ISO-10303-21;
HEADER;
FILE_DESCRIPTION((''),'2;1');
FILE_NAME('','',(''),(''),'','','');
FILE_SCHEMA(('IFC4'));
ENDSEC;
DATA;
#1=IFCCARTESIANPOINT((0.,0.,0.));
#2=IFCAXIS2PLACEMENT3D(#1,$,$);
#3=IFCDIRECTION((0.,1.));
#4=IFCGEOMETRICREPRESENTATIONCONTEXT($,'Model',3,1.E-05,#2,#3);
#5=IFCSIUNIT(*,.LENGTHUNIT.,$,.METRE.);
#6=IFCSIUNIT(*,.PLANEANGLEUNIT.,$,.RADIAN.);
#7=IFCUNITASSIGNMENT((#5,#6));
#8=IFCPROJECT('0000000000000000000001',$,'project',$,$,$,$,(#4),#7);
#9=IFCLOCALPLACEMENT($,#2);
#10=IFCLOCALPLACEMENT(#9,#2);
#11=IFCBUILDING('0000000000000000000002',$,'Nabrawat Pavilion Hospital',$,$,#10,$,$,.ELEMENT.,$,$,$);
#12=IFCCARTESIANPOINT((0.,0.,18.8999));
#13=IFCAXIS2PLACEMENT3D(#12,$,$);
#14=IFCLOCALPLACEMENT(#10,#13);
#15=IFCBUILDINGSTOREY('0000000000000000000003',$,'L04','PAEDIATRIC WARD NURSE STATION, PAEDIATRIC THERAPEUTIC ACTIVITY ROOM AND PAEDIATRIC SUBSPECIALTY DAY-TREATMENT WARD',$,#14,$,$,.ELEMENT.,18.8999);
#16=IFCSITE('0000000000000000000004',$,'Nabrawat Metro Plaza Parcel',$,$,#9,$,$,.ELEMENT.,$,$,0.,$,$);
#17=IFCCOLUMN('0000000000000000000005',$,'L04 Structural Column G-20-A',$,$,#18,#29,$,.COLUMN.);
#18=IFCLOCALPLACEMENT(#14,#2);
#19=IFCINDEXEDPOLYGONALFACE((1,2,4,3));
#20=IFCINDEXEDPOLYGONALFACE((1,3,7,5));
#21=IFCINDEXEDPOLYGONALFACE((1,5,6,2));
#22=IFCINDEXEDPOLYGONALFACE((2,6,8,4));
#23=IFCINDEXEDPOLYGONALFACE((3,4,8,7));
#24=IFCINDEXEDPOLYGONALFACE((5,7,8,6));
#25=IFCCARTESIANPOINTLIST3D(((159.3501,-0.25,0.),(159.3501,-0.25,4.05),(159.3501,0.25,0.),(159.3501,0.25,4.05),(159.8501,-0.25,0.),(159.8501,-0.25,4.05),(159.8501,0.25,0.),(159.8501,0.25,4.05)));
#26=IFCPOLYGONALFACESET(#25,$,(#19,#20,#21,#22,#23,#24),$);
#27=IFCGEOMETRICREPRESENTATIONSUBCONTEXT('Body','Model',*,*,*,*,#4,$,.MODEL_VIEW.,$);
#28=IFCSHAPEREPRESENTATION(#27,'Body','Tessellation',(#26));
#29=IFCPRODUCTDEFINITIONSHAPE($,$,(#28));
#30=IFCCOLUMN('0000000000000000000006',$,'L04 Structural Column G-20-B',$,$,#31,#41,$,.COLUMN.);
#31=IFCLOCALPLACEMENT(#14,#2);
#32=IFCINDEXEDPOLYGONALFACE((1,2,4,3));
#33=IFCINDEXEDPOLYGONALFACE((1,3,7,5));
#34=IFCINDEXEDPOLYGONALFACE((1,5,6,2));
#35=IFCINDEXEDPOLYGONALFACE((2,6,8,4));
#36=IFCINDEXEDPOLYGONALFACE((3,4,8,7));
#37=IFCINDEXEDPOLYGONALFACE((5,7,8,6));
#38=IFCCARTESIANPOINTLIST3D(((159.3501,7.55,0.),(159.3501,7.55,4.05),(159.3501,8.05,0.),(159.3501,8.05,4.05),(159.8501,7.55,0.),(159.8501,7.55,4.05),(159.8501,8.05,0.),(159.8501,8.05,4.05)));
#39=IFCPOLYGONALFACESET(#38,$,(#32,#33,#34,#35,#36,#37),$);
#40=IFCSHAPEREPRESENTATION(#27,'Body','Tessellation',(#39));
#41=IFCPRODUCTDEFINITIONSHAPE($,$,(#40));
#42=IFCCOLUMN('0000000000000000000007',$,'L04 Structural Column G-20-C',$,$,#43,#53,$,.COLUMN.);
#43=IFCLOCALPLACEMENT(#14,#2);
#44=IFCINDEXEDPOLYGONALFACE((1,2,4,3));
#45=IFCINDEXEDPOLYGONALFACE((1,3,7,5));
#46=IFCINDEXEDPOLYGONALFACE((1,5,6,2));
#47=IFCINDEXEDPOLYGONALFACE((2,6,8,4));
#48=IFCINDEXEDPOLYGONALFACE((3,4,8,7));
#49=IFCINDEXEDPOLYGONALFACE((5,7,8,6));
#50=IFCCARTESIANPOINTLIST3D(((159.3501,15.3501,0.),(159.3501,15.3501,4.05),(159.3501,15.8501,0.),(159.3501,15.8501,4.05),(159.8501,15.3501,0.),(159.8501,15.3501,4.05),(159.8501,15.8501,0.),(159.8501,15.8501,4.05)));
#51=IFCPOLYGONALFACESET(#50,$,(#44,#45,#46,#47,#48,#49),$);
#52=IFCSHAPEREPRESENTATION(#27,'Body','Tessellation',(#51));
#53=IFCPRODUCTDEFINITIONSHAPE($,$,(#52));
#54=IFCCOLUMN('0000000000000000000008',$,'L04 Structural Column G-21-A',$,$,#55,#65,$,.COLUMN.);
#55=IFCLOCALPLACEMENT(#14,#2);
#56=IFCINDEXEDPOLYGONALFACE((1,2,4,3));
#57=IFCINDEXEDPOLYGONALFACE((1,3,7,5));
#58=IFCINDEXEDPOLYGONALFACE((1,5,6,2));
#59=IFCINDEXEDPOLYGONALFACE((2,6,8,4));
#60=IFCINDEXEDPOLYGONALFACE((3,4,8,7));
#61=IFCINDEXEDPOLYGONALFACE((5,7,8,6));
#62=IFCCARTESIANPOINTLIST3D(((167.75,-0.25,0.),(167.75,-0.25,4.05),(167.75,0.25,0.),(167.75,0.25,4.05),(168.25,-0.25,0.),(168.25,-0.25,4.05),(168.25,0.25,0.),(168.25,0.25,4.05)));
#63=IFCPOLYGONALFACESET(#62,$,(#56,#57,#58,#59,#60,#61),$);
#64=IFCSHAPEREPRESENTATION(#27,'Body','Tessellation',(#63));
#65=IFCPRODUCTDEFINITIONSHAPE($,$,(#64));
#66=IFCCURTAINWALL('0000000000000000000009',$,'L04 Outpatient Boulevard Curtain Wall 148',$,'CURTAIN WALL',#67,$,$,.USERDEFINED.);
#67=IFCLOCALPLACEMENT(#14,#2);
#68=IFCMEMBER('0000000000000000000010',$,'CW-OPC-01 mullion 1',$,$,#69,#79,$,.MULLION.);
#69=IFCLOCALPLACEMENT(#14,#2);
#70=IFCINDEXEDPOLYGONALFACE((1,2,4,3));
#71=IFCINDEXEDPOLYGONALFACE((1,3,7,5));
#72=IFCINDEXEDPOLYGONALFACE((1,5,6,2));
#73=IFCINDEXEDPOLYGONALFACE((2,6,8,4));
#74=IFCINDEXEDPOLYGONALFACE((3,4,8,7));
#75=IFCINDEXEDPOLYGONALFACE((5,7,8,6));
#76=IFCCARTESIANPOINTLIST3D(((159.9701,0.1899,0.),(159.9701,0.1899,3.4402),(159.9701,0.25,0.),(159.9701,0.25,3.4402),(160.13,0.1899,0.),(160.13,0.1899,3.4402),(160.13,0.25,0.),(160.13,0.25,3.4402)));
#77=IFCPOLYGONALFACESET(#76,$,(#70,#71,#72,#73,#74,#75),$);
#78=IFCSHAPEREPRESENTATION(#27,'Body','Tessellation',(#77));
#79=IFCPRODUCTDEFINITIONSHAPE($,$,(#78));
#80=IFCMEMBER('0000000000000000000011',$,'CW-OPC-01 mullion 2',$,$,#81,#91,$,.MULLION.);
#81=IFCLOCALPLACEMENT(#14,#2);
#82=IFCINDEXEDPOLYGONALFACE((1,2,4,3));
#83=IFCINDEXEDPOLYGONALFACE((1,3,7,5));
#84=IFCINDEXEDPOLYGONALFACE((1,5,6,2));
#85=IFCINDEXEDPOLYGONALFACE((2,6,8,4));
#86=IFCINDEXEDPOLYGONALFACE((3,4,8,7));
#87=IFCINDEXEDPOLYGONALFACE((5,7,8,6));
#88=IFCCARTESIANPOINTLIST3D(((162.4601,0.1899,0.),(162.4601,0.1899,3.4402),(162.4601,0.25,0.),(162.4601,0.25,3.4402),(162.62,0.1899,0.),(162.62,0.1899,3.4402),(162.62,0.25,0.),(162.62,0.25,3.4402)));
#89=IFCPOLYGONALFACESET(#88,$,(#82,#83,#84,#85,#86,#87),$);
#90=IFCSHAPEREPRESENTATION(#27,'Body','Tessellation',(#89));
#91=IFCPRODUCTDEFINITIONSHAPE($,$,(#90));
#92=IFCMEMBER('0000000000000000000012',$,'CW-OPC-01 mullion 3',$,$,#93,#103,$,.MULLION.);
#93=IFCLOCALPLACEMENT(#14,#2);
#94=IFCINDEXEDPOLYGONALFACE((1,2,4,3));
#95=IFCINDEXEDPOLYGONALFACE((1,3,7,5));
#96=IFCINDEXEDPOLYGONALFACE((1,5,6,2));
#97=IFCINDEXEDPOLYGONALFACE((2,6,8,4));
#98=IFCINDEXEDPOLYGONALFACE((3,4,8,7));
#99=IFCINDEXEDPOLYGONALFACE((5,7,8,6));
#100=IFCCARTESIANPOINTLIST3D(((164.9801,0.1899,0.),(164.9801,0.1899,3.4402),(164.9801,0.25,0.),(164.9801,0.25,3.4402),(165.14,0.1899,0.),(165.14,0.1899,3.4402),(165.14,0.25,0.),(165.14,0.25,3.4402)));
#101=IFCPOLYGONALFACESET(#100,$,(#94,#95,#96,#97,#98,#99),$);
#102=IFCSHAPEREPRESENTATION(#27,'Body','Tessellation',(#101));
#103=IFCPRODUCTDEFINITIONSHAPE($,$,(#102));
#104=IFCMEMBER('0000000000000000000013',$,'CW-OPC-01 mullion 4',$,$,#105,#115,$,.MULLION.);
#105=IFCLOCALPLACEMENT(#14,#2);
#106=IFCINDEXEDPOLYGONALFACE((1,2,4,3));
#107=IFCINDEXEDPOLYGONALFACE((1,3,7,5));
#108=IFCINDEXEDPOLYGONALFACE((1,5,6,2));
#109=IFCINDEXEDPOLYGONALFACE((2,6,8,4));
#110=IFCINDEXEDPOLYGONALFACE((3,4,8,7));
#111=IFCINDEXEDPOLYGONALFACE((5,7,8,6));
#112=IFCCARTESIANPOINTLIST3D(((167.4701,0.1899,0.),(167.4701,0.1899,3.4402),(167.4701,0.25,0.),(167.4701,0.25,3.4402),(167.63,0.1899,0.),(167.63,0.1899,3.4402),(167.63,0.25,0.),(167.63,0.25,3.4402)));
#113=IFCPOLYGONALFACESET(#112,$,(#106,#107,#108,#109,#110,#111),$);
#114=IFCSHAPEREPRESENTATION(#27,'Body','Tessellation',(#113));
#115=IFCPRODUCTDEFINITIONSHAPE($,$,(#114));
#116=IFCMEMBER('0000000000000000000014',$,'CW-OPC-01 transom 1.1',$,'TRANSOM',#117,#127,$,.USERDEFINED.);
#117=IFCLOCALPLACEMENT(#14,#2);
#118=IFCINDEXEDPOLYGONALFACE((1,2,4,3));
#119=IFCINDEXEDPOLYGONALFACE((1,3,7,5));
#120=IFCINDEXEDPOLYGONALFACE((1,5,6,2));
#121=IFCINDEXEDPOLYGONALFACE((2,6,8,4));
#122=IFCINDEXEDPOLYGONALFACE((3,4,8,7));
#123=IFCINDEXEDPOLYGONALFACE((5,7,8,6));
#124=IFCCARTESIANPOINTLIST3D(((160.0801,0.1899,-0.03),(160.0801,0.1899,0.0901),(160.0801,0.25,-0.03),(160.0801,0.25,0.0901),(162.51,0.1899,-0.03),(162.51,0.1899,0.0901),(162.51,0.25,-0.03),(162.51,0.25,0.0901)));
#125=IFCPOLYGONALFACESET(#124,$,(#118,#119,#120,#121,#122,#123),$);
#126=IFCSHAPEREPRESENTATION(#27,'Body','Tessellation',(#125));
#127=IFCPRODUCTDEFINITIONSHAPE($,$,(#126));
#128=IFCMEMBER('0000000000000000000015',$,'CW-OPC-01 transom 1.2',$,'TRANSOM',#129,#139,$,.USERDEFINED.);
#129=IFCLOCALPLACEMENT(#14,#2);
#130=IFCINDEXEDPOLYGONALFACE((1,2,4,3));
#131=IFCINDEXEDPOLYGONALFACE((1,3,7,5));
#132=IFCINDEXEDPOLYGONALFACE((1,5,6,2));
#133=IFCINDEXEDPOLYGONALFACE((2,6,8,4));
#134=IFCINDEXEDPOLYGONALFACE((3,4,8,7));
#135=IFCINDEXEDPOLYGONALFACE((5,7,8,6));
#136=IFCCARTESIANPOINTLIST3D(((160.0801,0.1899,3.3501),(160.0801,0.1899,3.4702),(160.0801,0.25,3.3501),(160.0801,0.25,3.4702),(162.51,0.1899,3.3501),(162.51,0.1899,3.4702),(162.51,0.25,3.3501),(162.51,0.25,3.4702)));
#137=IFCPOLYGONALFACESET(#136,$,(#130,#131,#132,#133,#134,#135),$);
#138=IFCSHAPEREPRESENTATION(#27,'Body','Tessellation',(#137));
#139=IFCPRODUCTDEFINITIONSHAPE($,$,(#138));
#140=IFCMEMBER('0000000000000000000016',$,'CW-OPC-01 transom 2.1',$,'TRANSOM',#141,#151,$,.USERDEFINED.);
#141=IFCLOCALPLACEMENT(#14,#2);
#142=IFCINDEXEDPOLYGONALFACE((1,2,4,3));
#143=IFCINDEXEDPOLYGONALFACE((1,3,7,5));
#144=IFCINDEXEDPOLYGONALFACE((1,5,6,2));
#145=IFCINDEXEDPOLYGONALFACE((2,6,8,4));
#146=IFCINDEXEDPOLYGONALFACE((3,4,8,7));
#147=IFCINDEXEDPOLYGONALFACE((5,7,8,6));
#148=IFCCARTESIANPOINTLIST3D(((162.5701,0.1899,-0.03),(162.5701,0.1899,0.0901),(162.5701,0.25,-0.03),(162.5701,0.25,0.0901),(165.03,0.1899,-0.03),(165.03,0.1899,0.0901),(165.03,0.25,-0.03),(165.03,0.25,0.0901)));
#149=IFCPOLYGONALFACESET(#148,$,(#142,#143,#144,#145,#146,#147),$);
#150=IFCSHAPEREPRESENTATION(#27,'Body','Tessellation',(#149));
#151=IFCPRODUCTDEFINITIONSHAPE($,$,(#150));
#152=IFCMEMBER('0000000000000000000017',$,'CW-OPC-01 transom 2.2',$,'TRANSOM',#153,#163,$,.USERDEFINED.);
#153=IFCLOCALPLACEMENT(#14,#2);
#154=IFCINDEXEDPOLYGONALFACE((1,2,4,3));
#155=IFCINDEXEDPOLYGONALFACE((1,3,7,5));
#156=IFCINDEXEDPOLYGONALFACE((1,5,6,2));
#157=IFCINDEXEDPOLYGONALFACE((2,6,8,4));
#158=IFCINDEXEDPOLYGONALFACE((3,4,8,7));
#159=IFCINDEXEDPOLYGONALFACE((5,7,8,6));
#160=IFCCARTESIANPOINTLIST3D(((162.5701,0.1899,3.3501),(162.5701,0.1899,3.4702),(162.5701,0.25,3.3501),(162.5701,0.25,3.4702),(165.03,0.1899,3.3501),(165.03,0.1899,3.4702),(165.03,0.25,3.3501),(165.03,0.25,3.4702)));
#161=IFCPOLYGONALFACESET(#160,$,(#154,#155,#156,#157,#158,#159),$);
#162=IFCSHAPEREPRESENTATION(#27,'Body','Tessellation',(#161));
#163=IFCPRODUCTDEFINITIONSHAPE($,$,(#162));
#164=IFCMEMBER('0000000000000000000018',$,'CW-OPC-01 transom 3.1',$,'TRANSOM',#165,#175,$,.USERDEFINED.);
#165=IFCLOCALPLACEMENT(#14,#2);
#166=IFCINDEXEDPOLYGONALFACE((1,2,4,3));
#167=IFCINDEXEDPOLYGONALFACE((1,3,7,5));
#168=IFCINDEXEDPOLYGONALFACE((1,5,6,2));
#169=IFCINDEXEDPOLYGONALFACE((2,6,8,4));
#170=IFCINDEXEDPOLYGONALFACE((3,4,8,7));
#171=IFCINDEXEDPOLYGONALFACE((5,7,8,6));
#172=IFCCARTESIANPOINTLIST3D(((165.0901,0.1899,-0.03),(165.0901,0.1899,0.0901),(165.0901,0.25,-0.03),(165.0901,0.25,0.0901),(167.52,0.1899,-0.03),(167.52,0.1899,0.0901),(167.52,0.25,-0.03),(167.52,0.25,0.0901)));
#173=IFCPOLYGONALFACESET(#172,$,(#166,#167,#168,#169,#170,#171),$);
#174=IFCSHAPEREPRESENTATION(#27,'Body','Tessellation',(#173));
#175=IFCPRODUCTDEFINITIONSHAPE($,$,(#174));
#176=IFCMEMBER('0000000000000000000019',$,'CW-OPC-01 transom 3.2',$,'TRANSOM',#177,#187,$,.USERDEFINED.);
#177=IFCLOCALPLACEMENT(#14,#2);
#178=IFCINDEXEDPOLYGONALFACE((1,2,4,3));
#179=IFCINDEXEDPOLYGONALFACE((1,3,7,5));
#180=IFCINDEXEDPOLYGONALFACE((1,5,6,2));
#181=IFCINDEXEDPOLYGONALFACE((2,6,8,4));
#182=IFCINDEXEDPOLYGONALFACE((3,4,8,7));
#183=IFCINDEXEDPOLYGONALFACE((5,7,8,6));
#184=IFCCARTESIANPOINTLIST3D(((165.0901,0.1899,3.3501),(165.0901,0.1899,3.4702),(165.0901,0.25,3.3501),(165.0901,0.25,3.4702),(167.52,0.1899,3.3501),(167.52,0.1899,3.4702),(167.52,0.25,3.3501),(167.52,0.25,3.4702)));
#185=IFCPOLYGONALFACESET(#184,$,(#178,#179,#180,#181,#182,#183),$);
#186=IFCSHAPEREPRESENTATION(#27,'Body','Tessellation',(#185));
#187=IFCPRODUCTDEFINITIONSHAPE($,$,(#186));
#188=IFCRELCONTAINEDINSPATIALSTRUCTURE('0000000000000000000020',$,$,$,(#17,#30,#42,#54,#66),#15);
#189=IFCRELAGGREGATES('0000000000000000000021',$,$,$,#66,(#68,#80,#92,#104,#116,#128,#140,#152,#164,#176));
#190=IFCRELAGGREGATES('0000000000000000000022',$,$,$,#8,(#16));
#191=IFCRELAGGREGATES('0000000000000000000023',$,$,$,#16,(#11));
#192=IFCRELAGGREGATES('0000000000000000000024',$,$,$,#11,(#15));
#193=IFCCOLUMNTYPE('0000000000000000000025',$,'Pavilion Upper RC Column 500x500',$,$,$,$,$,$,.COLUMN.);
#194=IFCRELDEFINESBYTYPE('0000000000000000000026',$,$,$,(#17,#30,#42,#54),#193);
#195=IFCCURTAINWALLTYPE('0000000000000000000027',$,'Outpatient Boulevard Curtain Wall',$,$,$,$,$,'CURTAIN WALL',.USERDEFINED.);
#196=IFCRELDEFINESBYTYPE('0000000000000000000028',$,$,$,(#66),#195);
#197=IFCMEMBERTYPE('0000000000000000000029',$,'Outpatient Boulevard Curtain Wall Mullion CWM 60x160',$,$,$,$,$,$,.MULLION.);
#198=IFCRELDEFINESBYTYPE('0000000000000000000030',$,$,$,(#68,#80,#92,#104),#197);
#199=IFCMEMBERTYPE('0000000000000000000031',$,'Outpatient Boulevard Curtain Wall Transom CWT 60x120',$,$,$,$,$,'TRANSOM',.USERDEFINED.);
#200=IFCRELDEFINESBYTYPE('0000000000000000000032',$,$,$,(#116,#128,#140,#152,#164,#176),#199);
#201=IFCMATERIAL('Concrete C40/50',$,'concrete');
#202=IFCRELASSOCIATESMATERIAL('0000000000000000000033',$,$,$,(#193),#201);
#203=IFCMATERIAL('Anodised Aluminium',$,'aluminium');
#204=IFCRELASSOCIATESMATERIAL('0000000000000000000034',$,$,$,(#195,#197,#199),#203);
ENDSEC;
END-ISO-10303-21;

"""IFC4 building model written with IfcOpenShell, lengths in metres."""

from ifc_helpers import new_model, si_unit, direction, frame, origin, origin_2d, place, context, subcontext, project, spatial, rectangle, extrude, material, material_profile, profile_set, type_object, element, aggregate, save


model = new_model("IFC4")

# Units and contexts
model_context = context("Model", 3, precision=1e-05, world=origin(), true_north=direction((0.0, 1.0)))
body_context = subcontext(model_context, "Body", "Model", "MODEL_VIEW")
ifc_project = project(units=[si_unit("LENGTHUNIT", "METRE"), si_unit("PLANEANGLEUNIT", "RADIAN")], contexts=[model_context])

# Site, building, storey
site_placement = place(None, origin())
site = spatial("IfcSite", under=ifc_project, at=site_placement, Name="Nabrawat Metro Plaza Parcel", CompositionType="ELEMENT", RefElevation=0.0)
building_placement = place(site_placement, origin())
building = spatial("IfcBuilding", under=site, at=building_placement, Name="Nabrawat Pavilion Hospital", CompositionType="ELEMENT")
storey_placement = place(building_placement, frame((0.0, 0.0, 18.8999)))
storey = spatial("IfcBuildingStorey", under=building, at=storey_placement, Name="L04", Description="PAEDIATRIC WARD NURSE STATION, PAEDIATRIC THERAPEUTIC ACTIVITY ROOM AND PAEDIATRIC SUBSPECIALTY DAY-TREATMENT WARD", CompositionType="ELEMENT", Elevation=18.8999)

# Columns
ifc_material_1 = material(Name="Concrete C40/50", Category="concrete")
ifc_material_profile_1 = material_profile(ifc_material_1, rectangle(XDim=0.5, YDim=0.5, at=origin_2d()), Name="RC 500x500")
ifc_profile_set_1 = profile_set([ifc_material_profile_1], Name="Concrete C40/50")
column_type = type_object("IfcColumnType", Name="Pavilion Upper RC Column 500x500", PredefinedType="COLUMN", material=ifc_profile_set_1)
for number, where, z_axis, x_axis, name in (
    (1, (159.6001, 0.0, 0.0), (0.0, 0.0, 1.0), (1.0, 0.0, 0.0), "L04 Structural Column G-20-A"),
    (2, (159.6001, 7.8, 0.0), (0.0, 0.0, 1.0), (1.0, 0.0, 0.0), "L04 Structural Column G-20-B"),
    (3, (159.6001, 15.6001, 0.0), (0.0, 0.0, 1.0), (1.0, 0.0, 0.0), "L04 Structural Column G-20-C"),
    (4, (168.0, 0.0, 0.0), (0.0, 0.0, 1.0), (1.0, 0.0, 0.0), "L04 Structural Column G-21-A"),
):
    element("IfcColumn", number, at=place(storey_placement, frame(where, z_axis=z_axis, x_axis=x_axis)), inside=storey, type_object=column_type, Name=name, PredefinedType="COLUMN", context=body_context, shape_type="SweptSolid", body=[
        extrude(rectangle(XDim=0.5, YDim=0.5, at=origin_2d()), origin(), (0.0, 0.0, 1.0), 4.05),
    ])

# Curtain wall, members
ifc_material_2 = material(Name="Anodised Aluminium", Category="aluminium")
curtain_wall_type = type_object("IfcCurtainWallType", Name="Outpatient Boulevard Curtain Wall", ElementType="CURTAIN WALL", PredefinedType="USERDEFINED", material=ifc_material_2)
curtain_wall_placement = place(storey_placement, origin())
curtain_wall = element("IfcCurtainWall", 5, at=curtain_wall_placement, inside=storey, type_object=curtain_wall_type, Name="L04 Outpatient Boulevard Curtain Wall 148", ObjectType="CURTAIN WALL", PredefinedType="USERDEFINED")
ifc_material_profile_2 = material_profile(ifc_material_2, rectangle(XDim=0.0601, YDim=0.1599, at=origin_2d()), Name="CWM 60x160")
ifc_profile_set_2 = profile_set([ifc_material_profile_2], Name="Anodised Aluminium")
member_type_1 = type_object("IfcMemberType", Name="Outpatient Boulevard Curtain Wall Mullion CWM 60x160", PredefinedType="MULLION", material=ifc_profile_set_2)
member_1_placement = place(storey_placement, frame((160.05, 0.22, 0.0), z_axis=(0.0, 0.0, 1.0), x_axis=(0.0, 1.0, 0.0)))
member_1 = element("IfcMember", 6, at=member_1_placement, type_object=member_type_1, Name="CW-OPC-01 mullion 1", PredefinedType="MULLION", context=body_context, shape_type="SweptSolid", body=[
    extrude(rectangle(XDim=0.0601, YDim=0.1599, at=origin_2d()), origin(), (0.0, 0.0, 1.0), 3.4402),
])
member_2_placement = place(storey_placement, frame((162.54, 0.22, 0.0), z_axis=(0.0, 0.0, 1.0), x_axis=(0.0, 1.0, 0.0)))
member_2 = element("IfcMember", 7, at=member_2_placement, type_object=member_type_1, Name="CW-OPC-01 mullion 2", PredefinedType="MULLION", context=body_context, shape_type="SweptSolid", body=[
    extrude(rectangle(XDim=0.0601, YDim=0.1599, at=origin_2d()), origin(), (0.0, 0.0, 1.0), 3.4402),
])
member_3_placement = place(storey_placement, frame((165.0601, 0.22, 0.0), z_axis=(0.0, 0.0, 1.0), x_axis=(0.0, 1.0, 0.0)))
member_3 = element("IfcMember", 8, at=member_3_placement, type_object=member_type_1, Name="CW-OPC-01 mullion 3", PredefinedType="MULLION", context=body_context, shape_type="SweptSolid", body=[
    extrude(rectangle(XDim=0.0601, YDim=0.1599, at=origin_2d()), origin(), (0.0, 0.0, 1.0), 3.4402),
])
member_4_placement = place(storey_placement, frame((167.55, 0.22, 0.0), z_axis=(0.0, 0.0, 1.0), x_axis=(0.0, 1.0, 0.0)))
member_4 = element("IfcMember", 9, at=member_4_placement, type_object=member_type_1, Name="CW-OPC-01 mullion 4", PredefinedType="MULLION", context=body_context, shape_type="SweptSolid", body=[
    extrude(rectangle(XDim=0.0601, YDim=0.1599, at=origin_2d()), origin(), (0.0, 0.0, 1.0), 3.4402),
])
ifc_material_profile_3 = material_profile(ifc_material_2, rectangle(XDim=0.0601, YDim=0.1201, at=origin_2d()), Name="CWT 60x120")
ifc_profile_set_3 = profile_set([ifc_material_profile_3], Name="Anodised Aluminium")
member_type_2 = type_object("IfcMemberType", Name="Outpatient Boulevard Curtain Wall Transom CWT 60x120", ElementType="TRANSOM", PredefinedType="USERDEFINED", material=ifc_profile_set_3)
member_5_placement = place(storey_placement, frame((160.0801, 0.22, 0.03), z_axis=(1.0, 0.0, 0.0), x_axis=(0.0, 1.0, 0.0)))
member_5 = element("IfcMember", 10, at=member_5_placement, type_object=member_type_2, Name="CW-OPC-01 transom 1.1", ObjectType="TRANSOM", PredefinedType="USERDEFINED", context=body_context, shape_type="SweptSolid", body=[
    extrude(rectangle(XDim=0.0601, YDim=0.1201, at=origin_2d()), origin(), (0.0, 0.0, 1.0), 2.4299),
])
member_6_placement = place(storey_placement, frame((160.0801, 0.22, 3.4102), z_axis=(1.0, 0.0, 0.0), x_axis=(0.0, 1.0, 0.0)))
member_6 = element("IfcMember", 11, at=member_6_placement, type_object=member_type_2, Name="CW-OPC-01 transom 1.2", ObjectType="TRANSOM", PredefinedType="USERDEFINED", context=body_context, shape_type="SweptSolid", body=[
    extrude(rectangle(XDim=0.0601, YDim=0.1201, at=origin_2d()), origin(), (0.0, 0.0, 1.0), 2.4299),
])
member_7_placement = place(storey_placement, frame((162.5701, 0.22, 0.03), z_axis=(1.0, 0.0, 0.0), x_axis=(0.0, 1.0, 0.0)))
member_7 = element("IfcMember", 12, at=member_7_placement, type_object=member_type_2, Name="CW-OPC-01 transom 2.1", ObjectType="TRANSOM", PredefinedType="USERDEFINED", context=body_context, shape_type="SweptSolid", body=[
    extrude(rectangle(XDim=0.0601, YDim=0.1201, at=origin_2d()), origin(), (0.0, 0.0, 1.0), 2.46),
])
member_8_placement = place(storey_placement, frame((162.5701, 0.22, 3.4102), z_axis=(1.0, 0.0, 0.0), x_axis=(0.0, 1.0, 0.0)))
member_8 = element("IfcMember", 13, at=member_8_placement, type_object=member_type_2, Name="CW-OPC-01 transom 2.2", ObjectType="TRANSOM", PredefinedType="USERDEFINED", context=body_context, shape_type="SweptSolid", body=[
    extrude(rectangle(XDim=0.0601, YDim=0.1201, at=origin_2d()), origin(), (0.0, 0.0, 1.0), 2.46),
])
member_9_placement = place(storey_placement, frame((165.0901, 0.22, 0.03), z_axis=(1.0, 0.0, 0.0), x_axis=(0.0, 1.0, 0.0)))
member_9 = element("IfcMember", 14, at=member_9_placement, type_object=member_type_2, Name="CW-OPC-01 transom 3.1", ObjectType="TRANSOM", PredefinedType="USERDEFINED", context=body_context, shape_type="SweptSolid", body=[
    extrude(rectangle(XDim=0.0601, YDim=0.1201, at=origin_2d()), origin(), (0.0, 0.0, 1.0), 2.4299),
])
member_10_placement = place(storey_placement, frame((165.0901, 0.22, 3.4102), z_axis=(1.0, 0.0, 0.0), x_axis=(0.0, 1.0, 0.0)))
member_10 = element("IfcMember", 15, at=member_10_placement, type_object=member_type_2, Name="CW-OPC-01 transom 3.2", ObjectType="TRANSOM", PredefinedType="USERDEFINED", context=body_context, shape_type="SweptSolid", body=[
    extrude(rectangle(XDim=0.0601, YDim=0.1201, at=origin_2d()), origin(), (0.0, 0.0, 1.0), 2.4299),
])

aggregate(curtain_wall, [member_1, member_2, member_3, member_4, member_5, member_6, member_7, member_8, member_9, member_10])

save(model, "model.ifc")
